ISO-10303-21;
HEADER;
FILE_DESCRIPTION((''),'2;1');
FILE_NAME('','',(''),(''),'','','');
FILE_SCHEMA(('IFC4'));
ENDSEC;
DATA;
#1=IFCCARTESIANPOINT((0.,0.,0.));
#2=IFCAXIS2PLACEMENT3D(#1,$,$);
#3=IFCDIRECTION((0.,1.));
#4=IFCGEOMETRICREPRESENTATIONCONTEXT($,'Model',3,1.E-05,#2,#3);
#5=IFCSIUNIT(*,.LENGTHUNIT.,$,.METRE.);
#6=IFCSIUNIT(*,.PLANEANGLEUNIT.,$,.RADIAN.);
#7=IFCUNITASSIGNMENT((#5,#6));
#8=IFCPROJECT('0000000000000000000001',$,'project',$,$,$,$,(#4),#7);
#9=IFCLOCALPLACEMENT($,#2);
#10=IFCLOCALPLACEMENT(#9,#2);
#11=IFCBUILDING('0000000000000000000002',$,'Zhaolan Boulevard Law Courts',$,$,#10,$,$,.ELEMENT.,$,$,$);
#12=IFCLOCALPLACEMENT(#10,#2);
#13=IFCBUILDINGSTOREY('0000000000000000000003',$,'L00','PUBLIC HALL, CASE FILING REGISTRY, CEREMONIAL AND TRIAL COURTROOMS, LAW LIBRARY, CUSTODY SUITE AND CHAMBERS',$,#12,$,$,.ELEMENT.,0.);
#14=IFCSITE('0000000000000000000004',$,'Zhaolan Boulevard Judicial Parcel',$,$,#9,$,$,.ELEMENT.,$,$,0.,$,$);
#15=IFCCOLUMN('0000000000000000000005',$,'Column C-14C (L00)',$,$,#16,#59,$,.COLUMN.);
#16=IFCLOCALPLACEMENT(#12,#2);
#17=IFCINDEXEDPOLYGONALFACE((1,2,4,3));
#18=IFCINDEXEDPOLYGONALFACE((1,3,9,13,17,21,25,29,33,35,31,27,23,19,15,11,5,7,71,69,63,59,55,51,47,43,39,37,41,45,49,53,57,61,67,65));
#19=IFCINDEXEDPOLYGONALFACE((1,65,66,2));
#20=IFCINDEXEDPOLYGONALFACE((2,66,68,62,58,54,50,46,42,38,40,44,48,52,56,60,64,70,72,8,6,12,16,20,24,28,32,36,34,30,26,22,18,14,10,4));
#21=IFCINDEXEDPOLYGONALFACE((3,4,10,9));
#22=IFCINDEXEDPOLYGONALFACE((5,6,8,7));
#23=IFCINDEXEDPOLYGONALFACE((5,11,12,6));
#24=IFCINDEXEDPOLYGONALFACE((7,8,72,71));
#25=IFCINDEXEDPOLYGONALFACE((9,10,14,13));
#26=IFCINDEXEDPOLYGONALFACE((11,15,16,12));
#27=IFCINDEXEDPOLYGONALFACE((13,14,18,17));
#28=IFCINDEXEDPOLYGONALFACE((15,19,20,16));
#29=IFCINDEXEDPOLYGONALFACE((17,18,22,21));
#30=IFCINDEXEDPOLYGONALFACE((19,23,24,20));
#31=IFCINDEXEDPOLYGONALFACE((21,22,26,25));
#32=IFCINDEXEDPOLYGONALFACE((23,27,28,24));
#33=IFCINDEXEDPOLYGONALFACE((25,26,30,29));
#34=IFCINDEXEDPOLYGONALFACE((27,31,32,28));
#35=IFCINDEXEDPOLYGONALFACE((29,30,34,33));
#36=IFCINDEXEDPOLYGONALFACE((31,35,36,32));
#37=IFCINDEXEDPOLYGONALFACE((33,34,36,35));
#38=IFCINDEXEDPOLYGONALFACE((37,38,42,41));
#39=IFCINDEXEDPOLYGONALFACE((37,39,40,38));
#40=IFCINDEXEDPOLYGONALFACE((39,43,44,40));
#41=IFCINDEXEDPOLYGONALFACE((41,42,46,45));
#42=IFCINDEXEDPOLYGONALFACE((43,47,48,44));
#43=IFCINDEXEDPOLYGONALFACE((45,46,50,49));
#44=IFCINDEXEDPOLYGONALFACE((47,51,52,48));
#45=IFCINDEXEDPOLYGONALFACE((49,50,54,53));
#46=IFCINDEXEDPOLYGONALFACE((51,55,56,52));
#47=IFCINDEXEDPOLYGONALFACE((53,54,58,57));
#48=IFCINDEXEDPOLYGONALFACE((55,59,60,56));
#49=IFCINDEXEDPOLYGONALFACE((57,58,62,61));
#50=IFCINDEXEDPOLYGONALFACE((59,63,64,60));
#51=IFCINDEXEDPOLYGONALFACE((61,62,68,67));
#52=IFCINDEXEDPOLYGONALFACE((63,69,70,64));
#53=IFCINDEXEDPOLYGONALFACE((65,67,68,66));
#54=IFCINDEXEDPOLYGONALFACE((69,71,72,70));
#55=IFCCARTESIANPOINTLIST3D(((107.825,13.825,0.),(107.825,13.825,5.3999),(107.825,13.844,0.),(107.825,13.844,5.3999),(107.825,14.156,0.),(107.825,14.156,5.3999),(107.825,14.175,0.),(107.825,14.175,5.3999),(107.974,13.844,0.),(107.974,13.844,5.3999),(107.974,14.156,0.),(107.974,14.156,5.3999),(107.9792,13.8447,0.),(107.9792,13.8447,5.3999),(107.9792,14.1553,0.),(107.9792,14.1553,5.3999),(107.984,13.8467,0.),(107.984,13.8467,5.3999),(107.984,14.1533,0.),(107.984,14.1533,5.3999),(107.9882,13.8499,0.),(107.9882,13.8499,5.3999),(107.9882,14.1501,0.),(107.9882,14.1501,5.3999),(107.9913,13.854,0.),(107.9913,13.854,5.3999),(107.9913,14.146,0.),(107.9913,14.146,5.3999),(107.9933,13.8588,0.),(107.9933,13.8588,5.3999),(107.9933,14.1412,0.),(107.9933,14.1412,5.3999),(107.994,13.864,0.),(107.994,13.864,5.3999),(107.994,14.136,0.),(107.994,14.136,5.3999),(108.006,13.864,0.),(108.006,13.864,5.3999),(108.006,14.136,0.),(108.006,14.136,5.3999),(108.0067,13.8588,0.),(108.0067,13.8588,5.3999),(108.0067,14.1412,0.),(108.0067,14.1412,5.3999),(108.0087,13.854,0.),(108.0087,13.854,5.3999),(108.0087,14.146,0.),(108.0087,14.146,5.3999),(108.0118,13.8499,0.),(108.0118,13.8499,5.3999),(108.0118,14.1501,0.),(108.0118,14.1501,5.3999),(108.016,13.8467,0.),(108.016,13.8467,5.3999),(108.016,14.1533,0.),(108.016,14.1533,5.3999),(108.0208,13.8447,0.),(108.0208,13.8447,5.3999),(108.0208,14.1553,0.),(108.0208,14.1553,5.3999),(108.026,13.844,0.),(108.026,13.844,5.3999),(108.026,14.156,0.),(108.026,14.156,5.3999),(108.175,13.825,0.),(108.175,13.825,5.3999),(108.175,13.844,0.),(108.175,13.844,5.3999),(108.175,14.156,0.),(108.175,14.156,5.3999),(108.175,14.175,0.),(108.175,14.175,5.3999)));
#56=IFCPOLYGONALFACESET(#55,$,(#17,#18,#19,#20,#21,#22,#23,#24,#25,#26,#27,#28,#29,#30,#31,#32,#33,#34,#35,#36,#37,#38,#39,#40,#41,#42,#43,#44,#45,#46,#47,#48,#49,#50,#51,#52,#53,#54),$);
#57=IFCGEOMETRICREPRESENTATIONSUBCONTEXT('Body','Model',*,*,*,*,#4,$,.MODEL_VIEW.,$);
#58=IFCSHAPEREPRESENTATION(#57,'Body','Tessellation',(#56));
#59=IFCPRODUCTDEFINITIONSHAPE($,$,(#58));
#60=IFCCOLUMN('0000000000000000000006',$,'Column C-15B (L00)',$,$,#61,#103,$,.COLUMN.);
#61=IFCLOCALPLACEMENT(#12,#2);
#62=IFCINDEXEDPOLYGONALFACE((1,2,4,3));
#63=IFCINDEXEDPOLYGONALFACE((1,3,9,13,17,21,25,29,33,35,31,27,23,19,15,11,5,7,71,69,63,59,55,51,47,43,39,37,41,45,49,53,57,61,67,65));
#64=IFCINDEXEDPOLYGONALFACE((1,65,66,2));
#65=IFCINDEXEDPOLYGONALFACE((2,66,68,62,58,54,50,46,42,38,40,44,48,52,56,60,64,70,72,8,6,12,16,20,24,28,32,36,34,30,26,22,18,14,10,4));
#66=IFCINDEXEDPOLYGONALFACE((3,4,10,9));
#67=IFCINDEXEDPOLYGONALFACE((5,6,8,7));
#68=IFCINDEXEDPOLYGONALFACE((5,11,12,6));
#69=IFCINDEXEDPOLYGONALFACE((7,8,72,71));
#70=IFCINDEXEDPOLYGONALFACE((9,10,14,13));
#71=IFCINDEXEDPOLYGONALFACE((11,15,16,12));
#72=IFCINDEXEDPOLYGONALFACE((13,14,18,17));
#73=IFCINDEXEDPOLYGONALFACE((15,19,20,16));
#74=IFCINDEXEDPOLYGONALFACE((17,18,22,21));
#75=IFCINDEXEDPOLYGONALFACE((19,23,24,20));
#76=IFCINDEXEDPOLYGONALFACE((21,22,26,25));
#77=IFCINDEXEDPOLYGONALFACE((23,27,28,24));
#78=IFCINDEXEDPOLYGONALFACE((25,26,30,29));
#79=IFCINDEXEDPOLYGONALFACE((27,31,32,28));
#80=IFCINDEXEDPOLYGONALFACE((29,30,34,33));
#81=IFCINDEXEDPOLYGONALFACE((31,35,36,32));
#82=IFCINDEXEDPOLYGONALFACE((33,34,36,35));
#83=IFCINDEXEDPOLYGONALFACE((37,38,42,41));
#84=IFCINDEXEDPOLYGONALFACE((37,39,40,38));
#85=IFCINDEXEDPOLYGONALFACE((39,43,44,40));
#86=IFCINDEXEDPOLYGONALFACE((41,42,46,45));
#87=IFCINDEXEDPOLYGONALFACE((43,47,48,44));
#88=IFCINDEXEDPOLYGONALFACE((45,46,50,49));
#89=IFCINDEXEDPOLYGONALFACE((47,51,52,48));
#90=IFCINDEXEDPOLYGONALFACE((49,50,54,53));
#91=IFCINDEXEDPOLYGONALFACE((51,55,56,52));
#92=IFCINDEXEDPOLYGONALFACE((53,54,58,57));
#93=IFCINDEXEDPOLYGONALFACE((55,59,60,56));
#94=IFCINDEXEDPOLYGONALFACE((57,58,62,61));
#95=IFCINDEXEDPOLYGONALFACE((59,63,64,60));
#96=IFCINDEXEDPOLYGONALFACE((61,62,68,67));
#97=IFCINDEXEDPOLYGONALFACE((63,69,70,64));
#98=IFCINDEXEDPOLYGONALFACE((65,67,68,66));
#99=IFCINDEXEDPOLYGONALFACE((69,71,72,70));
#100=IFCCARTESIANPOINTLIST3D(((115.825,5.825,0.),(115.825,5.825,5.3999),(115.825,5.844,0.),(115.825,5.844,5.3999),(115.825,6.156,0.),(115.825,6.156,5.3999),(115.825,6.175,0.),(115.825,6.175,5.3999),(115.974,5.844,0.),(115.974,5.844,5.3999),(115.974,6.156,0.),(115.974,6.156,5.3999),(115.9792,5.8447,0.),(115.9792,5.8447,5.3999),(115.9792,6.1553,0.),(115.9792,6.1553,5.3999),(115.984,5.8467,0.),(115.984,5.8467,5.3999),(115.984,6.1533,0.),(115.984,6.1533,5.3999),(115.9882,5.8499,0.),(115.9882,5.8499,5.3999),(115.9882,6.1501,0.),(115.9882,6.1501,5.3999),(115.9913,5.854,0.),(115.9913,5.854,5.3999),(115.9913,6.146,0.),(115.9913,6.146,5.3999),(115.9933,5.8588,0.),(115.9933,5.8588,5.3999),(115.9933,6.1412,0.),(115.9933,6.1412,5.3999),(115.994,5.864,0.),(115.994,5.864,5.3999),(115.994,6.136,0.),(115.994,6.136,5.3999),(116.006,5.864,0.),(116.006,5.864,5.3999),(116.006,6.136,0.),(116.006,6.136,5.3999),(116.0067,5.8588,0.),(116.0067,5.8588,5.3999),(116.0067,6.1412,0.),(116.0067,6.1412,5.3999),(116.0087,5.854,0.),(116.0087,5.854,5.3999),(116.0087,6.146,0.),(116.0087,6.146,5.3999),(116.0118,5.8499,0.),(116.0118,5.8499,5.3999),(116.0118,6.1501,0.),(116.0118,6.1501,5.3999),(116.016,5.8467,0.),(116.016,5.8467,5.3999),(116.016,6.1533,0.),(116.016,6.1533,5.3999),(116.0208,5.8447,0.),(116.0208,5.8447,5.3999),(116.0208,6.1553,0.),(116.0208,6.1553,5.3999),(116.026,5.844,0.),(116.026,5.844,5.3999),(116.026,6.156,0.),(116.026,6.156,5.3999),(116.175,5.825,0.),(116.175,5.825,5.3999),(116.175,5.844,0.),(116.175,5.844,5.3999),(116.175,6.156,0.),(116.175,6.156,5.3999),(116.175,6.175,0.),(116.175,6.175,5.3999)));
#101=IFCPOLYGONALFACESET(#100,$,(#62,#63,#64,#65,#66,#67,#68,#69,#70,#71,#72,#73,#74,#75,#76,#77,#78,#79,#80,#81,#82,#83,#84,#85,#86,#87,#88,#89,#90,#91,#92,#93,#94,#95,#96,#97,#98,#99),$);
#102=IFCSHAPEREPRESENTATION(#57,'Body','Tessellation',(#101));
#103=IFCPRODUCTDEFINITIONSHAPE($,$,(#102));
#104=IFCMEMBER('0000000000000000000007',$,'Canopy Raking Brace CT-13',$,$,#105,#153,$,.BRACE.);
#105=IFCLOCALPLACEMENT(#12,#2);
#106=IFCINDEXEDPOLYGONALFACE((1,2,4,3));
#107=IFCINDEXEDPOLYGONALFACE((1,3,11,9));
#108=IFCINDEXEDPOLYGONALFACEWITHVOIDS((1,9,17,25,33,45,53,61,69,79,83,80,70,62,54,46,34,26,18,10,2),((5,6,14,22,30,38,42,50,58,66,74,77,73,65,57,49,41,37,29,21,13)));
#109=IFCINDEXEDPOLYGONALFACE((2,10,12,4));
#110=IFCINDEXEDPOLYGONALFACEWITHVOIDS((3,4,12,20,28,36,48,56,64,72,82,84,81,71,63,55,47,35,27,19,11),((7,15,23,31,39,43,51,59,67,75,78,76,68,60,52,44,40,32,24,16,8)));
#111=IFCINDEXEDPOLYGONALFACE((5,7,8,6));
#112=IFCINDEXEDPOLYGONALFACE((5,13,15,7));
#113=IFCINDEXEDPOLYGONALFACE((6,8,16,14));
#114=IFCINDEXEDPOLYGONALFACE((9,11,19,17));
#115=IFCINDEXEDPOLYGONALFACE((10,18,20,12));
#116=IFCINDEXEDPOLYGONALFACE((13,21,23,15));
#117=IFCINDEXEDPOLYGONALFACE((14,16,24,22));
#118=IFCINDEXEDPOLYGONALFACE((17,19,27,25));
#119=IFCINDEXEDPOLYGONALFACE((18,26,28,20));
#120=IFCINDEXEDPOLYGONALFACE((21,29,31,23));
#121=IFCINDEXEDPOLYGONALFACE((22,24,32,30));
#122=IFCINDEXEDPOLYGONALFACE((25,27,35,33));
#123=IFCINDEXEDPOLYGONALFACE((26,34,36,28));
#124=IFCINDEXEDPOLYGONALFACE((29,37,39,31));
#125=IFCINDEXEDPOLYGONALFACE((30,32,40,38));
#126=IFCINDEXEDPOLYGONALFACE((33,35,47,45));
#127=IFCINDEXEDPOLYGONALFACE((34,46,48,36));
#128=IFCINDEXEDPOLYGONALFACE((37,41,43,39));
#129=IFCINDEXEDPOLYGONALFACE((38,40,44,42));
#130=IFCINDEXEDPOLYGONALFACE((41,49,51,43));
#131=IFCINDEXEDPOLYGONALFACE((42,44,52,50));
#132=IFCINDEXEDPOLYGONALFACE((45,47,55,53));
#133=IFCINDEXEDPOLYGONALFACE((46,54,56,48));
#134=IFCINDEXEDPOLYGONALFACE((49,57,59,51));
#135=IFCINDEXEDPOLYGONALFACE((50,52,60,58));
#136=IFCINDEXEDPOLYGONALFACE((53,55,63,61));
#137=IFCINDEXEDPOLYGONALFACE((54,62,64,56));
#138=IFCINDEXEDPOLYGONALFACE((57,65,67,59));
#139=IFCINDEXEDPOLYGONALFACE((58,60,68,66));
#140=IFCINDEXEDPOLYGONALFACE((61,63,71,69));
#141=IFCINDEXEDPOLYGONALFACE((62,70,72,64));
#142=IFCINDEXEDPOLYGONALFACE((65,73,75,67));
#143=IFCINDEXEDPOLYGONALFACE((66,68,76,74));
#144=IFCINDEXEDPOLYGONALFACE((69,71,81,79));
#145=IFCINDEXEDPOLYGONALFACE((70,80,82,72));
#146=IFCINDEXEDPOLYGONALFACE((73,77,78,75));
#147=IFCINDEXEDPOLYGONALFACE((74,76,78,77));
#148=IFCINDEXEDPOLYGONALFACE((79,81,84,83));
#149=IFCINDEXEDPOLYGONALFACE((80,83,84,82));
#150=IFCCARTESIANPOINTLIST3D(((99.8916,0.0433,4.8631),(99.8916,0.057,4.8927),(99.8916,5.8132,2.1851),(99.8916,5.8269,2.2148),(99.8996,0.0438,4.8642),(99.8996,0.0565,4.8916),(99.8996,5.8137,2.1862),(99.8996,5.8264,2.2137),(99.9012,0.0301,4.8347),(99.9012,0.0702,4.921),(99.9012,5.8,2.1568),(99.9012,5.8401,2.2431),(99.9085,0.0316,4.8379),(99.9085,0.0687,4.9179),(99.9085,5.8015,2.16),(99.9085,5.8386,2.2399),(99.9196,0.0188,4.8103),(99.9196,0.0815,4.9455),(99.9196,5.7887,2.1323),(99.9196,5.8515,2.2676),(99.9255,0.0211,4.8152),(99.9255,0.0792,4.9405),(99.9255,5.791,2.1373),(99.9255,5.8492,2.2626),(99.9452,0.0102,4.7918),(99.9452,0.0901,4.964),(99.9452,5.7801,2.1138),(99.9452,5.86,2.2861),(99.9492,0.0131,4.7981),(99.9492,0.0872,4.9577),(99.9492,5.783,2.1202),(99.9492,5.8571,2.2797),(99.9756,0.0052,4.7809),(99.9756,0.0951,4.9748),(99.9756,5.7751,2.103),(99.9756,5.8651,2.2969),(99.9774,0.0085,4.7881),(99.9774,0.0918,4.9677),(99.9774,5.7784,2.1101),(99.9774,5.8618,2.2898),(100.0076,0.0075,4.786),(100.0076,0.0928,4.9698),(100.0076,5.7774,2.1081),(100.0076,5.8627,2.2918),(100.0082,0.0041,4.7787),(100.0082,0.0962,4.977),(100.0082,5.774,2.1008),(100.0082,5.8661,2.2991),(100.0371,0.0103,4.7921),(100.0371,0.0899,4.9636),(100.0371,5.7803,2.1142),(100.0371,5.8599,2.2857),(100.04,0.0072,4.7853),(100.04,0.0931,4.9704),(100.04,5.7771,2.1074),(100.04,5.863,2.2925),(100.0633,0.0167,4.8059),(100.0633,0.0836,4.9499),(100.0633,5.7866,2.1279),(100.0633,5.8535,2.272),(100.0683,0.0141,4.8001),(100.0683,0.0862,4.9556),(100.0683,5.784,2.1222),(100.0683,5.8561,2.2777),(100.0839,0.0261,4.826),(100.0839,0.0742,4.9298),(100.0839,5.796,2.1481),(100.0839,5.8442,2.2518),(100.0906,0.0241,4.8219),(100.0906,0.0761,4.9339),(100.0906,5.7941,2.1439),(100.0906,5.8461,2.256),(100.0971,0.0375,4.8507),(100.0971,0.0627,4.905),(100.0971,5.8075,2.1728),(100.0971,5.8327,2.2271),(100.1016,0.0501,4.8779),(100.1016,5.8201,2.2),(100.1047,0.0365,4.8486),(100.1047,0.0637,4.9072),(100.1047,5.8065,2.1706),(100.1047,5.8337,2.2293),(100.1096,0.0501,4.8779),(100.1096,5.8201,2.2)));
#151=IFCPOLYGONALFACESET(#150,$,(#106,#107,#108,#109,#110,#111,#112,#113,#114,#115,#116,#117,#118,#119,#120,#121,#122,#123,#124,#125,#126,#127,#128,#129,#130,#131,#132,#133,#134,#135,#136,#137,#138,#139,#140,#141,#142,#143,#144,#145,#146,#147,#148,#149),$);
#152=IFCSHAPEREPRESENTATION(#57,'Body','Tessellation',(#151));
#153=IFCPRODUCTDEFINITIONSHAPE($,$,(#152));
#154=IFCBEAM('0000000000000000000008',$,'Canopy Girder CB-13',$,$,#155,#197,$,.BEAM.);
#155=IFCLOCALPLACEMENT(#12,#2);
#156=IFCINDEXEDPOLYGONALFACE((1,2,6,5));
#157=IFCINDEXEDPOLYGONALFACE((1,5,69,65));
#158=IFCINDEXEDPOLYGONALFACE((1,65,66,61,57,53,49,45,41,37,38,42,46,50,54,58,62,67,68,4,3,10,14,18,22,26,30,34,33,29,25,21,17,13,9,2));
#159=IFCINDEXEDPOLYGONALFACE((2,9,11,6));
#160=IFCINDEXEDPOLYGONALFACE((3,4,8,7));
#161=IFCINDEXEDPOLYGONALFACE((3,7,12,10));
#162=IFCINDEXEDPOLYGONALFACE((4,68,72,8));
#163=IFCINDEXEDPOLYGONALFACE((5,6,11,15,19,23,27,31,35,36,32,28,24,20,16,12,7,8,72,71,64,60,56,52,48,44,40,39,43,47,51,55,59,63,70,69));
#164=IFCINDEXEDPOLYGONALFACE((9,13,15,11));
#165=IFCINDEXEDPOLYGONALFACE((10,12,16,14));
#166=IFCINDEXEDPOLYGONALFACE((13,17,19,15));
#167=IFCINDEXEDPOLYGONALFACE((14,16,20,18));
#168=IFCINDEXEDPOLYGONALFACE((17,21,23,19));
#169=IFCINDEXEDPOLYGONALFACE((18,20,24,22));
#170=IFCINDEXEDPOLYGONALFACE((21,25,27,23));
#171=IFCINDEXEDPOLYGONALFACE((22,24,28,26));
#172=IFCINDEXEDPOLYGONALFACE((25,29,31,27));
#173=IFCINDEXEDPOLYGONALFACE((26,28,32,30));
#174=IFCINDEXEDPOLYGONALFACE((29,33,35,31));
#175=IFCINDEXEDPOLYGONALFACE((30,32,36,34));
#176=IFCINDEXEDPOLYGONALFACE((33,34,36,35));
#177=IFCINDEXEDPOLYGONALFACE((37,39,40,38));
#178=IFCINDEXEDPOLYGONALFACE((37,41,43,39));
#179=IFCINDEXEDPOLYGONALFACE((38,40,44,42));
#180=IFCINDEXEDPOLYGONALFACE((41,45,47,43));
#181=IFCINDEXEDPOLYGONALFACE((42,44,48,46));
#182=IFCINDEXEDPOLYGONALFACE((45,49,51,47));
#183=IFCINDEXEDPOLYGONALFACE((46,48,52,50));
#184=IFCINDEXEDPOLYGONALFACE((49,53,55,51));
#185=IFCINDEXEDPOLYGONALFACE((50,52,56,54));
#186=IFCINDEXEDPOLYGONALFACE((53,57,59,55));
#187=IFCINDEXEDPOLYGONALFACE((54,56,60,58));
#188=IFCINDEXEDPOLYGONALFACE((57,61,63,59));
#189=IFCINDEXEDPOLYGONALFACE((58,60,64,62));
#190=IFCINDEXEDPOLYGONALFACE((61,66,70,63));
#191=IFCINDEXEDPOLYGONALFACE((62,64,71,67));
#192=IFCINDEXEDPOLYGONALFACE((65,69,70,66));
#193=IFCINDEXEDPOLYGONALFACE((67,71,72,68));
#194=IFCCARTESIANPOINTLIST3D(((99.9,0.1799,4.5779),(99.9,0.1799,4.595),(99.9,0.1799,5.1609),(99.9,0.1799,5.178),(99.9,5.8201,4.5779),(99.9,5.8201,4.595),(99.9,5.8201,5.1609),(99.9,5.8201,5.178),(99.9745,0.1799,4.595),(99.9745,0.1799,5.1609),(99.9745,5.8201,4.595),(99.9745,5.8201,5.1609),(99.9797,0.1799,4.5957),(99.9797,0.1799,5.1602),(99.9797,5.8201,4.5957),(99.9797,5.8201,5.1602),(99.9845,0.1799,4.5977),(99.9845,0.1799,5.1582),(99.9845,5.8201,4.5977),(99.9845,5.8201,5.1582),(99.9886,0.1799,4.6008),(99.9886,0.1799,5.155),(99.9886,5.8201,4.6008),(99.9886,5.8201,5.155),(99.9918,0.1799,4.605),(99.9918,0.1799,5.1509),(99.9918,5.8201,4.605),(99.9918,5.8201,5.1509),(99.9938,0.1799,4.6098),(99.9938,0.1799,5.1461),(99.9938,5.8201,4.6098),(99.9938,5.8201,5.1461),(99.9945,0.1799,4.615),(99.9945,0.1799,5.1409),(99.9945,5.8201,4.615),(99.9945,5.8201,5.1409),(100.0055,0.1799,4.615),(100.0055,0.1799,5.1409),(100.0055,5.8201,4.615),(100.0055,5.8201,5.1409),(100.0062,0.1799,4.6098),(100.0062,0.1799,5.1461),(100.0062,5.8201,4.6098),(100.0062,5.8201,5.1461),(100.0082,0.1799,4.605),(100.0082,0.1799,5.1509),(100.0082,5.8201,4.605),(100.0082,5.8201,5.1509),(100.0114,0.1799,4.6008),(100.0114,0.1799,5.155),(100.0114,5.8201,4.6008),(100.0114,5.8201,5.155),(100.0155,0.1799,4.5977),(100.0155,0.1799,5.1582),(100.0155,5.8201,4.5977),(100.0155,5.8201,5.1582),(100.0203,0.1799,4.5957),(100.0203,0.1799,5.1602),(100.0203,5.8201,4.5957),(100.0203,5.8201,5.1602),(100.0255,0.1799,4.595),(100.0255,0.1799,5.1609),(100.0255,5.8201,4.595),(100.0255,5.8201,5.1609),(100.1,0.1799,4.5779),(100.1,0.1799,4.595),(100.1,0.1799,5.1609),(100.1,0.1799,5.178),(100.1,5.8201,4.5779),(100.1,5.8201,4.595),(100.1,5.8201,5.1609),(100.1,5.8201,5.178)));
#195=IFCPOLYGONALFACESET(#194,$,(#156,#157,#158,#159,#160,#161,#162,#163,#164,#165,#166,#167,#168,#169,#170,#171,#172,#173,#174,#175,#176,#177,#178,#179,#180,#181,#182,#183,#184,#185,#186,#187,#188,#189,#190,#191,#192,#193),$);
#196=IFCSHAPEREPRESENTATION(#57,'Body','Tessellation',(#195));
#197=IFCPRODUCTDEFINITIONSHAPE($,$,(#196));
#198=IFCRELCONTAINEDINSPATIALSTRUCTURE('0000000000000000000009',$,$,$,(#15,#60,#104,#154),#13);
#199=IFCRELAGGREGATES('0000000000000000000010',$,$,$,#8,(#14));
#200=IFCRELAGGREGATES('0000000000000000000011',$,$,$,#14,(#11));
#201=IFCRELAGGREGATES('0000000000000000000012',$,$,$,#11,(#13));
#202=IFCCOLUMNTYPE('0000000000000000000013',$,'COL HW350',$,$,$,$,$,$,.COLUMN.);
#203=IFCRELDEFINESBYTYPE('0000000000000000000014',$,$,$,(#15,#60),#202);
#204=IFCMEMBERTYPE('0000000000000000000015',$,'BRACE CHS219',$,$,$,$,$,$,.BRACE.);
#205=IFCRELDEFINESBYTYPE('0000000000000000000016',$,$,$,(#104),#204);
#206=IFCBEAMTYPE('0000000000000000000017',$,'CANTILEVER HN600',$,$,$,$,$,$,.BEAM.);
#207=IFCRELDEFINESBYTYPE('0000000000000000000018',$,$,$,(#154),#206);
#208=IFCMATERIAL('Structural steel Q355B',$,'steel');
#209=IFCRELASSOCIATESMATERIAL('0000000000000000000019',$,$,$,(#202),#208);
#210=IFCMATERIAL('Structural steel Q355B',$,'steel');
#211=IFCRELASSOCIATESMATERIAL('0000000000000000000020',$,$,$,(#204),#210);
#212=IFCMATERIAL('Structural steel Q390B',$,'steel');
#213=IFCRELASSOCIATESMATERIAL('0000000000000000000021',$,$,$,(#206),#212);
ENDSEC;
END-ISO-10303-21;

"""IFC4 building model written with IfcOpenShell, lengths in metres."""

from ifc_helpers import new_model, si_unit, direction, frame, origin, origin_2d, place, context, subcontext, project, spatial, hollow_circle, i_section, extrude, material, material_profile, profile_set, type_object, element, save


model = new_model("IFC4")

# Units and contexts
model_context = context("Model", 3, precision=1e-05, world=origin(), true_north=direction((0.0, 1.0)))
body_context = subcontext(model_context, "Body", "Model", "MODEL_VIEW")
ifc_project = project(units=[si_unit("LENGTHUNIT", "METRE"), si_unit("PLANEANGLEUNIT", "RADIAN")], contexts=[model_context])

# Site, building, storey
site_placement = place(None, origin())
site = spatial("IfcSite", under=ifc_project, at=site_placement, Name="Zhaolan Boulevard Judicial Parcel", CompositionType="ELEMENT", RefElevation=0.0)
building_placement = place(site_placement, origin())
building = spatial("IfcBuilding", under=site, at=building_placement, Name="Zhaolan Boulevard Law Courts", CompositionType="ELEMENT")
storey_placement = place(building_placement, origin())
storey = spatial("IfcBuildingStorey", under=building, at=storey_placement, Name="L00", Description="PUBLIC HALL, CASE FILING REGISTRY, CEREMONIAL AND TRIAL COURTROOMS, LAW LIBRARY, CUSTODY SUITE AND CHAMBERS", CompositionType="ELEMENT", Elevation=0.0)

# Columns
ifc_material_1 = material(Name="Structural steel Q355B", Category="steel")
ifc_material_profile_1 = material_profile(ifc_material_1, i_section(OverallWidth=0.3501, OverallDepth=0.3501, WebThickness=0.012, FlangeThickness=0.019, FilletRadius=0.02, at=origin_2d()), Name="HW350x350")
ifc_profile_set_1 = profile_set([ifc_material_profile_1], Name="Structural steel Q355B")
column_type = type_object("IfcColumnType", Name="COL HW350", PredefinedType="COLUMN", material=ifc_profile_set_1)
for number, where, z_axis, x_axis, name in (
    (1, (108.0, 14.0, 0.0), (0.0, 0.0, 1.0), (1.0, 0.0, 0.0), "Column C-14C (L00)"),
    (2, (116.0, 6.0, 0.0), (0.0, 0.0, 1.0), (1.0, 0.0, 0.0), "Column C-15B (L00)"),
):
    element("IfcColumn", number, at=place(storey_placement, frame(where, z_axis=z_axis, x_axis=x_axis)), inside=storey, type_object=column_type, Name=name, PredefinedType="COLUMN", context=body_context, shape_type="SweptSolid", body=[
        extrude(i_section(OverallWidth=0.3501, OverallDepth=0.3501, WebThickness=0.012, FlangeThickness=0.019, FilletRadius=0.02, at=origin_2d()), origin(), (0.0, 0.0, 1.0), 5.3999),
    ])

# Member
ifc_material_2 = material(Name="Structural steel Q355B", Category="steel")
ifc_material_profile_2 = material_profile(ifc_material_2, hollow_circle(Radius=0.1096, WallThickness=0.0081, at=origin_2d()), Name="CHS219x8")
ifc_profile_set_2 = profile_set([ifc_material_profile_2], Name="Structural steel Q355B")
member_type = type_object("IfcMemberType", Name="BRACE CHS219", PredefinedType="BRACE", material=ifc_profile_set_2)
member_placement = place(storey_placement, frame((100.0, 5.8201, 2.2), z_axis=(0.0, -0.907067, 0.420987), x_axis=(1.0, 0.0, 0.0)))
element("IfcMember", 3, at=member_placement, inside=storey, type_object=member_type, Name="Canopy Raking Brace CT-13", PredefinedType="BRACE", context=body_context, shape_type="SweptSolid", body=[
    extrude(hollow_circle(Radius=0.1096, WallThickness=0.0081, at=origin_2d()), origin(), (0.0, 0.0, 1.0), 6.3611),
])

# Beam
ifc_material_3 = material(Name="Structural steel Q390B", Category="steel")
ifc_material_profile_3 = material_profile(ifc_material_3, i_section(OverallWidth=0.2, OverallDepth=0.6001, WebThickness=0.011, FlangeThickness=0.0171, FilletRadius=0.02, at=origin_2d()), Name="HN600x200")
ifc_profile_set_3 = profile_set([ifc_material_profile_3], Name="Structural steel Q390B")
beam_type_1 = type_object("IfcBeamType", Name="CANTILEVER HN600", PredefinedType="BEAM", material=ifc_profile_set_3)
beam_1_placement = place(storey_placement, frame((100.0, 0.1799, 4.8779), z_axis=(0.0, 1.0, 0.0), x_axis=(-1.0, 0.0, 0.0)))
element("IfcBeam", 4, at=beam_1_placement, inside=storey, type_object=beam_type_1, Name="Canopy Girder CB-13", PredefinedType="BEAM", context=body_context, shape_type="SweptSolid", body=[
    extrude(i_section(OverallWidth=0.2, OverallDepth=0.6001, WebThickness=0.011, FlangeThickness=0.0171, FilletRadius=0.02, at=origin_2d()), origin(), (0.0, 0.0, 1.0), 5.6401),
])

save(model, "model.ifc")
